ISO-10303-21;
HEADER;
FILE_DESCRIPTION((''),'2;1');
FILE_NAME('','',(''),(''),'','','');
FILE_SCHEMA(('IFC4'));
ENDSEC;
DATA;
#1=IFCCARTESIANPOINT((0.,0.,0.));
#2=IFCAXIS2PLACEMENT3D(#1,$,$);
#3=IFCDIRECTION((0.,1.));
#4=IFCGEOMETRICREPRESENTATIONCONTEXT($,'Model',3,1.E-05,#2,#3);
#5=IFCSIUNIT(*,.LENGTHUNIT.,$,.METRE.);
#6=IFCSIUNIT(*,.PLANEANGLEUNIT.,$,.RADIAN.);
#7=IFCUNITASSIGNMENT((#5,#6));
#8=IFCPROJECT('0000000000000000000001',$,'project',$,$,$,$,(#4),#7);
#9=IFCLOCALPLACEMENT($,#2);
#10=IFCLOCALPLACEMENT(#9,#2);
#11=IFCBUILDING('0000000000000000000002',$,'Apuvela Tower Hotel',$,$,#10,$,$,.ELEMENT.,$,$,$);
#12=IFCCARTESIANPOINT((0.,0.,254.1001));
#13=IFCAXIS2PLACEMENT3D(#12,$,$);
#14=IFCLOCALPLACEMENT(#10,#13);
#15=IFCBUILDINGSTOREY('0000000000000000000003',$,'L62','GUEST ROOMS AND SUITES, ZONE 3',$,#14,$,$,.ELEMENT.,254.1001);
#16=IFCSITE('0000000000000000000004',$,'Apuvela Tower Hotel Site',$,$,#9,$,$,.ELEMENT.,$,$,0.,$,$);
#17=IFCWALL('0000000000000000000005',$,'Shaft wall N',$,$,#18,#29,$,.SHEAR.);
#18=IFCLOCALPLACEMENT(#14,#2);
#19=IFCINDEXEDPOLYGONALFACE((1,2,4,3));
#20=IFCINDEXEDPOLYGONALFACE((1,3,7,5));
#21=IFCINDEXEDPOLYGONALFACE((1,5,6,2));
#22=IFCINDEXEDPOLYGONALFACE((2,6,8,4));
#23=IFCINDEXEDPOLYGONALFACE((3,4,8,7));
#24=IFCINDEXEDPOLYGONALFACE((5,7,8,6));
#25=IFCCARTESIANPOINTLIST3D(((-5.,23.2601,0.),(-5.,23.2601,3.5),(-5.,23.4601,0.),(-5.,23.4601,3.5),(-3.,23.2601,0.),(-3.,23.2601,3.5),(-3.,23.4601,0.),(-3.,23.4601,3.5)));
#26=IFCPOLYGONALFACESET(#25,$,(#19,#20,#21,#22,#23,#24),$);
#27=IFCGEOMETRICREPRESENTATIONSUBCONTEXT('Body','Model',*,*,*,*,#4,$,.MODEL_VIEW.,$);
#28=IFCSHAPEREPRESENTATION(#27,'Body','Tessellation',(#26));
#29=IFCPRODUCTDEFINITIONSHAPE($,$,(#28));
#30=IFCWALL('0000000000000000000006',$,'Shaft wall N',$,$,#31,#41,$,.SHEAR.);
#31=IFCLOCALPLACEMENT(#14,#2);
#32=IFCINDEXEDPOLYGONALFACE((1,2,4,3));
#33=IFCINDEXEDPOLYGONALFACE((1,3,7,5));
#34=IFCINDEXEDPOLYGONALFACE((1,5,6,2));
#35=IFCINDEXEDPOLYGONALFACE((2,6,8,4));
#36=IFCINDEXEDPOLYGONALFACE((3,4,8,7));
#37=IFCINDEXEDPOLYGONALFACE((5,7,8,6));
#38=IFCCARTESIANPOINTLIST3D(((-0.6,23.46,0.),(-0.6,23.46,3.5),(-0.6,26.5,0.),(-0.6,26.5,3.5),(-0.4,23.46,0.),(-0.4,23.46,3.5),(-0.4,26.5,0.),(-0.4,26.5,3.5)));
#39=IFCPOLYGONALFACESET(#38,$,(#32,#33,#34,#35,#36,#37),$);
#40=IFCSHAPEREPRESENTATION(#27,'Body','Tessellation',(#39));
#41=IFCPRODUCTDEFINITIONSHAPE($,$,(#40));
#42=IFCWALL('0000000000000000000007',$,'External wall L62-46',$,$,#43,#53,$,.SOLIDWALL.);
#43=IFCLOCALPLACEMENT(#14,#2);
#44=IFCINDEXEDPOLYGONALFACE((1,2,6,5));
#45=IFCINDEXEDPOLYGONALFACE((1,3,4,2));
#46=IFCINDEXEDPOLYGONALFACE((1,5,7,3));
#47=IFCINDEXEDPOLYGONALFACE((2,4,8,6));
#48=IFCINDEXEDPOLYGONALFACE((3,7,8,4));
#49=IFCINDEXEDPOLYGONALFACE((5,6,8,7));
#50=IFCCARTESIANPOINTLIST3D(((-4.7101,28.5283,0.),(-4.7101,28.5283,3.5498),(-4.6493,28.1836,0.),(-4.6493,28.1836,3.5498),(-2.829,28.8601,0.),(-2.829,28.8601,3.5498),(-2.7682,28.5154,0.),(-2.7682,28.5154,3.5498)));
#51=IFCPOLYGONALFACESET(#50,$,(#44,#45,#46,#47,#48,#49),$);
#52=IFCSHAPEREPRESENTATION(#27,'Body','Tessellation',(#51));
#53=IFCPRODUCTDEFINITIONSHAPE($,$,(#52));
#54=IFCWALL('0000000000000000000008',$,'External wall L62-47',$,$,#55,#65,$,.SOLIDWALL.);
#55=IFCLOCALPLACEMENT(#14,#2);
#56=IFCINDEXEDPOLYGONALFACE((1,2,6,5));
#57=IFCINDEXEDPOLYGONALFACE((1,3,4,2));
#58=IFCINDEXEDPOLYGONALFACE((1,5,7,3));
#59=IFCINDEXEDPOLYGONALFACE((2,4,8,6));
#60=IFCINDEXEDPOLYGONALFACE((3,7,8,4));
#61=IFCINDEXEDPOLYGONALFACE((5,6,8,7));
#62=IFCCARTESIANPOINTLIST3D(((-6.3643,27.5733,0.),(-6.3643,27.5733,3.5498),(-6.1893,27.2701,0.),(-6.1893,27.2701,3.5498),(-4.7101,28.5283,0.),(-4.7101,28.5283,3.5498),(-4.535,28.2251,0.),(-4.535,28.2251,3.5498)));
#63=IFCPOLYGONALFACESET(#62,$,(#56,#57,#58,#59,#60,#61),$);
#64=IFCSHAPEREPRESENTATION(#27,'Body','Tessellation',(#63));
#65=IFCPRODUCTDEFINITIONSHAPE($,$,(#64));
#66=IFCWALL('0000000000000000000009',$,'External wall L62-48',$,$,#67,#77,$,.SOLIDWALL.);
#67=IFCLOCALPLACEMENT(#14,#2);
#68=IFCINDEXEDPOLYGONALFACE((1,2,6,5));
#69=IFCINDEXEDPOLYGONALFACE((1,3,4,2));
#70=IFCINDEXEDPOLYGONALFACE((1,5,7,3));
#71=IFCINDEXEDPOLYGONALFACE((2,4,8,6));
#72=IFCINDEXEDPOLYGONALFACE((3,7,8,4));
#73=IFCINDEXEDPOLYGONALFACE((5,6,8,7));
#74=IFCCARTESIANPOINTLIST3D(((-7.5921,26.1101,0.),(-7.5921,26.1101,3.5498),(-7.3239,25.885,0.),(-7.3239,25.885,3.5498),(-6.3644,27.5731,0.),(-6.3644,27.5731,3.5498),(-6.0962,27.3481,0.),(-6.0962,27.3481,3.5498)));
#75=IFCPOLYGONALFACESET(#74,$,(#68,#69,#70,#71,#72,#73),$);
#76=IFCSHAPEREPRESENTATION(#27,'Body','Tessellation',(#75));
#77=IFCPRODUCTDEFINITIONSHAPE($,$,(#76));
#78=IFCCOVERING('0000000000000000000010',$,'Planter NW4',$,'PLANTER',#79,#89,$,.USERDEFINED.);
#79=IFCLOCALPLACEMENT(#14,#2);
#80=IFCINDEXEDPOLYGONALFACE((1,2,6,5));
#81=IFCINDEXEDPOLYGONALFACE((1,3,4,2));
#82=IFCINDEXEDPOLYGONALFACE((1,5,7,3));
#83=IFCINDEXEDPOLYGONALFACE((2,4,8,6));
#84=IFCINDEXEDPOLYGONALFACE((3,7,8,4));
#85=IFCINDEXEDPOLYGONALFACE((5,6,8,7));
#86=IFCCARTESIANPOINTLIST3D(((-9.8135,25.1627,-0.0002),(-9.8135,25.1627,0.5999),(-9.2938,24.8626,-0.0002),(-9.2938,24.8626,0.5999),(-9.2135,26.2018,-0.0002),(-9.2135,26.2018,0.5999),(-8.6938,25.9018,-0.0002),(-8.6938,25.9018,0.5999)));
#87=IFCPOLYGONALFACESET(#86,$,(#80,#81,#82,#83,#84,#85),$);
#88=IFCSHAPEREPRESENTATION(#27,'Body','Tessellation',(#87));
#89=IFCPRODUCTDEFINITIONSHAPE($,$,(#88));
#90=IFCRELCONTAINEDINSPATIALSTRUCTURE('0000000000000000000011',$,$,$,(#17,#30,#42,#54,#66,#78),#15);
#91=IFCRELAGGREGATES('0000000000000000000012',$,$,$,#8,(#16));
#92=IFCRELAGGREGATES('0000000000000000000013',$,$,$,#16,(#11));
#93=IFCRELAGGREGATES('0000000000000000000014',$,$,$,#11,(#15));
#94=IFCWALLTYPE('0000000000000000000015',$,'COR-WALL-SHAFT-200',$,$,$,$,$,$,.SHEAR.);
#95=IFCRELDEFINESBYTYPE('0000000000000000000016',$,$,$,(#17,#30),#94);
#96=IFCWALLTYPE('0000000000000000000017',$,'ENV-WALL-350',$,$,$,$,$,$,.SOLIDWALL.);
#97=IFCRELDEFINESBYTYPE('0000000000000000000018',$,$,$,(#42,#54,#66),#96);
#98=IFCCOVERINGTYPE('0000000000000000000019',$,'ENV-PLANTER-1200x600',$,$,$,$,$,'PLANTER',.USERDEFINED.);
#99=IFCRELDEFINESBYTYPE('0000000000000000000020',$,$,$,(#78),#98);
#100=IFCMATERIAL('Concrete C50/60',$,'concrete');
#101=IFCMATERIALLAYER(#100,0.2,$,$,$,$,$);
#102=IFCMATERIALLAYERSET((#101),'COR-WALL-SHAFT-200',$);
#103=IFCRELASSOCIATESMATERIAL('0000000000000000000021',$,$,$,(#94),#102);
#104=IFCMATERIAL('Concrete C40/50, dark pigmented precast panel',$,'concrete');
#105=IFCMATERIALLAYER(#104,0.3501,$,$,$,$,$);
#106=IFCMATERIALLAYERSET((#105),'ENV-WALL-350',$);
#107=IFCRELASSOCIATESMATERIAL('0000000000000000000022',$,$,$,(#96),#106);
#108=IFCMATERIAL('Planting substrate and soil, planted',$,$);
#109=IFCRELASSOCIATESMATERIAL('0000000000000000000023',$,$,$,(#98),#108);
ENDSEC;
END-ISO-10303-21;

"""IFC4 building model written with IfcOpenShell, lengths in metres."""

from ifc_helpers import new_model, si_unit, direction, frame, frame_2d, origin, origin_2d, place, context, subcontext, project, spatial, rectangle, extrude, material, layer, layer_set, type_object, element, save


model = new_model("IFC4")

# Units and contexts
model_context = context("Model", 3, precision=1e-05, world=origin(), true_north=direction((0.0, 1.0)))
body_context = subcontext(model_context, "Body", "Model", "MODEL_VIEW")
ifc_project = project(units=[si_unit("LENGTHUNIT", "METRE"), si_unit("PLANEANGLEUNIT", "RADIAN")], contexts=[model_context])

# Site, building, storey
site_placement = place(None, origin())
site = spatial("IfcSite", under=ifc_project, at=site_placement, Name="Apuvela Tower Hotel Site", CompositionType="ELEMENT", RefElevation=0.0)
building_placement = place(site_placement, origin())
building = spatial("IfcBuilding", under=site, at=building_placement, Name="Apuvela Tower Hotel", CompositionType="ELEMENT")
storey_placement = place(building_placement, frame((0.0, 0.0, 254.1001)))
storey = spatial("IfcBuildingStorey", under=building, at=storey_placement, Name="L62", Description="GUEST ROOMS AND SUITES, ZONE 3", CompositionType="ELEMENT", Elevation=254.1001)

# Shared definitions
ifc_material_1 = material(Name="Concrete C50/60", Category="concrete")
ifc_layer_1 = layer(ifc_material_1, 0.2)
ifc_layer_set_1 = layer_set([ifc_layer_1], Name="COR-WALL-SHAFT-200")
wall_type_1 = type_object("IfcWallType", Name="COR-WALL-SHAFT-200", PredefinedType="SHEAR", material=ifc_layer_set_1)

# Walls
wall_1_placement = place(storey_placement, frame((-3.0, 23.3601, 0.0), z_axis=(0.0, 0.0, 1.0), x_axis=(-1.0, 0.0, 0.0)))
element("IfcWall", 1, at=wall_1_placement, inside=storey, type_object=wall_type_1, Name="Shaft wall N", PredefinedType="SHEAR", context=body_context, shape_type="SweptSolid", body=[
    extrude(rectangle(XDim=2.0, YDim=0.2, at=frame_2d((1.0, 0.0))), origin(), (0.0, 0.0, 1.0), 3.5),
])
wall_2_placement = place(storey_placement, frame((-0.5, 23.46, 0.0), z_axis=(0.0, 0.0, 1.0), x_axis=(0.0, 1.0, 0.0)))
element("IfcWall", 2, at=wall_2_placement, inside=storey, type_object=wall_type_1, Name="Shaft wall N", PredefinedType="SHEAR", context=body_context, shape_type="SweptSolid", body=[
    extrude(rectangle(XDim=3.04, YDim=0.2, at=frame_2d((1.52, 0.0))), origin(), (0.0, 0.0, 1.0), 3.5),
])

# Shared definitions
ifc_material_2 = material(Name="Concrete C40/50, dark pigmented precast panel", Category="concrete")
ifc_layer_2 = layer(ifc_material_2, 0.3501)
ifc_layer_set_2 = layer_set([ifc_layer_2], Name="ENV-WALL-350")
wall_type_2 = type_object("IfcWallType", Name="ENV-WALL-350", PredefinedType="SOLIDWALL", material=ifc_layer_set_2)

# Walls
for number, where, z_axis, x_axis, name in (
    (3, (-2.7986, 28.6877, 0.0), (0.0, 0.0, 1.0), (-0.984799, -0.173698, 0.0), "External wall L62-46"),
    (4, (-4.6226, 28.3767, 0.0), (0.0, 0.0, 1.0), (-0.866032, -0.499988, 0.0), "External wall L62-47"),
):
    element("IfcWall", number, at=place(storey_placement, frame(where, z_axis=z_axis, x_axis=x_axis)), inside=storey, type_object=wall_type_2, Name=name, PredefinedType="SOLIDWALL", context=body_context, shape_type="SweptSolid", body=[
        extrude(rectangle(XDim=1.9102, YDim=0.3501, at=frame_2d((0.9551, 0.0))), origin(), (0.0, 0.0, 1.0), 3.5498),
    ])
wall_3_placement = place(storey_placement, frame((-6.2302, 27.4607, 0.0), z_axis=(0.0, 0.0, 1.0), x_axis=(-0.642808, -0.766027, 0.0)))
element("IfcWall", 5, at=wall_3_placement, inside=storey, type_object=wall_type_2, Name="External wall L62-48", PredefinedType="SOLIDWALL", context=body_context, shape_type="SweptSolid", body=[
    extrude(rectangle(XDim=1.9099, YDim=0.3501, at=frame_2d((0.9551, 0.0))), origin(), (0.0, 0.0, 1.0), 3.5498),
])

# Covering
ifc_material_3 = material(Name="Planting substrate and soil, planted")
covering_type = type_object("IfcCoveringType", Name="ENV-PLANTER-1200x600", ElementType="PLANTER", PredefinedType="USERDEFINED", material=ifc_material_3)
covering_placement = place(storey_placement, frame((-9.2537, 25.5322, -0.0002), z_axis=(0.0, 0.0, 1.0), x_axis=(-0.5, -0.866025, 0.0)))
element("IfcCovering", 6, at=covering_placement, inside=storey, type_object=covering_type, Name="Planter NW4", ObjectType="PLANTER", PredefinedType="USERDEFINED", context=body_context, shape_type="SweptSolid", body=[
    extrude(rectangle(XDim=1.2, YDim=0.6001, at=origin_2d()), origin(), (0.0, 0.0, 1.0), 0.6001),
])

save(model, "model.ifc")
